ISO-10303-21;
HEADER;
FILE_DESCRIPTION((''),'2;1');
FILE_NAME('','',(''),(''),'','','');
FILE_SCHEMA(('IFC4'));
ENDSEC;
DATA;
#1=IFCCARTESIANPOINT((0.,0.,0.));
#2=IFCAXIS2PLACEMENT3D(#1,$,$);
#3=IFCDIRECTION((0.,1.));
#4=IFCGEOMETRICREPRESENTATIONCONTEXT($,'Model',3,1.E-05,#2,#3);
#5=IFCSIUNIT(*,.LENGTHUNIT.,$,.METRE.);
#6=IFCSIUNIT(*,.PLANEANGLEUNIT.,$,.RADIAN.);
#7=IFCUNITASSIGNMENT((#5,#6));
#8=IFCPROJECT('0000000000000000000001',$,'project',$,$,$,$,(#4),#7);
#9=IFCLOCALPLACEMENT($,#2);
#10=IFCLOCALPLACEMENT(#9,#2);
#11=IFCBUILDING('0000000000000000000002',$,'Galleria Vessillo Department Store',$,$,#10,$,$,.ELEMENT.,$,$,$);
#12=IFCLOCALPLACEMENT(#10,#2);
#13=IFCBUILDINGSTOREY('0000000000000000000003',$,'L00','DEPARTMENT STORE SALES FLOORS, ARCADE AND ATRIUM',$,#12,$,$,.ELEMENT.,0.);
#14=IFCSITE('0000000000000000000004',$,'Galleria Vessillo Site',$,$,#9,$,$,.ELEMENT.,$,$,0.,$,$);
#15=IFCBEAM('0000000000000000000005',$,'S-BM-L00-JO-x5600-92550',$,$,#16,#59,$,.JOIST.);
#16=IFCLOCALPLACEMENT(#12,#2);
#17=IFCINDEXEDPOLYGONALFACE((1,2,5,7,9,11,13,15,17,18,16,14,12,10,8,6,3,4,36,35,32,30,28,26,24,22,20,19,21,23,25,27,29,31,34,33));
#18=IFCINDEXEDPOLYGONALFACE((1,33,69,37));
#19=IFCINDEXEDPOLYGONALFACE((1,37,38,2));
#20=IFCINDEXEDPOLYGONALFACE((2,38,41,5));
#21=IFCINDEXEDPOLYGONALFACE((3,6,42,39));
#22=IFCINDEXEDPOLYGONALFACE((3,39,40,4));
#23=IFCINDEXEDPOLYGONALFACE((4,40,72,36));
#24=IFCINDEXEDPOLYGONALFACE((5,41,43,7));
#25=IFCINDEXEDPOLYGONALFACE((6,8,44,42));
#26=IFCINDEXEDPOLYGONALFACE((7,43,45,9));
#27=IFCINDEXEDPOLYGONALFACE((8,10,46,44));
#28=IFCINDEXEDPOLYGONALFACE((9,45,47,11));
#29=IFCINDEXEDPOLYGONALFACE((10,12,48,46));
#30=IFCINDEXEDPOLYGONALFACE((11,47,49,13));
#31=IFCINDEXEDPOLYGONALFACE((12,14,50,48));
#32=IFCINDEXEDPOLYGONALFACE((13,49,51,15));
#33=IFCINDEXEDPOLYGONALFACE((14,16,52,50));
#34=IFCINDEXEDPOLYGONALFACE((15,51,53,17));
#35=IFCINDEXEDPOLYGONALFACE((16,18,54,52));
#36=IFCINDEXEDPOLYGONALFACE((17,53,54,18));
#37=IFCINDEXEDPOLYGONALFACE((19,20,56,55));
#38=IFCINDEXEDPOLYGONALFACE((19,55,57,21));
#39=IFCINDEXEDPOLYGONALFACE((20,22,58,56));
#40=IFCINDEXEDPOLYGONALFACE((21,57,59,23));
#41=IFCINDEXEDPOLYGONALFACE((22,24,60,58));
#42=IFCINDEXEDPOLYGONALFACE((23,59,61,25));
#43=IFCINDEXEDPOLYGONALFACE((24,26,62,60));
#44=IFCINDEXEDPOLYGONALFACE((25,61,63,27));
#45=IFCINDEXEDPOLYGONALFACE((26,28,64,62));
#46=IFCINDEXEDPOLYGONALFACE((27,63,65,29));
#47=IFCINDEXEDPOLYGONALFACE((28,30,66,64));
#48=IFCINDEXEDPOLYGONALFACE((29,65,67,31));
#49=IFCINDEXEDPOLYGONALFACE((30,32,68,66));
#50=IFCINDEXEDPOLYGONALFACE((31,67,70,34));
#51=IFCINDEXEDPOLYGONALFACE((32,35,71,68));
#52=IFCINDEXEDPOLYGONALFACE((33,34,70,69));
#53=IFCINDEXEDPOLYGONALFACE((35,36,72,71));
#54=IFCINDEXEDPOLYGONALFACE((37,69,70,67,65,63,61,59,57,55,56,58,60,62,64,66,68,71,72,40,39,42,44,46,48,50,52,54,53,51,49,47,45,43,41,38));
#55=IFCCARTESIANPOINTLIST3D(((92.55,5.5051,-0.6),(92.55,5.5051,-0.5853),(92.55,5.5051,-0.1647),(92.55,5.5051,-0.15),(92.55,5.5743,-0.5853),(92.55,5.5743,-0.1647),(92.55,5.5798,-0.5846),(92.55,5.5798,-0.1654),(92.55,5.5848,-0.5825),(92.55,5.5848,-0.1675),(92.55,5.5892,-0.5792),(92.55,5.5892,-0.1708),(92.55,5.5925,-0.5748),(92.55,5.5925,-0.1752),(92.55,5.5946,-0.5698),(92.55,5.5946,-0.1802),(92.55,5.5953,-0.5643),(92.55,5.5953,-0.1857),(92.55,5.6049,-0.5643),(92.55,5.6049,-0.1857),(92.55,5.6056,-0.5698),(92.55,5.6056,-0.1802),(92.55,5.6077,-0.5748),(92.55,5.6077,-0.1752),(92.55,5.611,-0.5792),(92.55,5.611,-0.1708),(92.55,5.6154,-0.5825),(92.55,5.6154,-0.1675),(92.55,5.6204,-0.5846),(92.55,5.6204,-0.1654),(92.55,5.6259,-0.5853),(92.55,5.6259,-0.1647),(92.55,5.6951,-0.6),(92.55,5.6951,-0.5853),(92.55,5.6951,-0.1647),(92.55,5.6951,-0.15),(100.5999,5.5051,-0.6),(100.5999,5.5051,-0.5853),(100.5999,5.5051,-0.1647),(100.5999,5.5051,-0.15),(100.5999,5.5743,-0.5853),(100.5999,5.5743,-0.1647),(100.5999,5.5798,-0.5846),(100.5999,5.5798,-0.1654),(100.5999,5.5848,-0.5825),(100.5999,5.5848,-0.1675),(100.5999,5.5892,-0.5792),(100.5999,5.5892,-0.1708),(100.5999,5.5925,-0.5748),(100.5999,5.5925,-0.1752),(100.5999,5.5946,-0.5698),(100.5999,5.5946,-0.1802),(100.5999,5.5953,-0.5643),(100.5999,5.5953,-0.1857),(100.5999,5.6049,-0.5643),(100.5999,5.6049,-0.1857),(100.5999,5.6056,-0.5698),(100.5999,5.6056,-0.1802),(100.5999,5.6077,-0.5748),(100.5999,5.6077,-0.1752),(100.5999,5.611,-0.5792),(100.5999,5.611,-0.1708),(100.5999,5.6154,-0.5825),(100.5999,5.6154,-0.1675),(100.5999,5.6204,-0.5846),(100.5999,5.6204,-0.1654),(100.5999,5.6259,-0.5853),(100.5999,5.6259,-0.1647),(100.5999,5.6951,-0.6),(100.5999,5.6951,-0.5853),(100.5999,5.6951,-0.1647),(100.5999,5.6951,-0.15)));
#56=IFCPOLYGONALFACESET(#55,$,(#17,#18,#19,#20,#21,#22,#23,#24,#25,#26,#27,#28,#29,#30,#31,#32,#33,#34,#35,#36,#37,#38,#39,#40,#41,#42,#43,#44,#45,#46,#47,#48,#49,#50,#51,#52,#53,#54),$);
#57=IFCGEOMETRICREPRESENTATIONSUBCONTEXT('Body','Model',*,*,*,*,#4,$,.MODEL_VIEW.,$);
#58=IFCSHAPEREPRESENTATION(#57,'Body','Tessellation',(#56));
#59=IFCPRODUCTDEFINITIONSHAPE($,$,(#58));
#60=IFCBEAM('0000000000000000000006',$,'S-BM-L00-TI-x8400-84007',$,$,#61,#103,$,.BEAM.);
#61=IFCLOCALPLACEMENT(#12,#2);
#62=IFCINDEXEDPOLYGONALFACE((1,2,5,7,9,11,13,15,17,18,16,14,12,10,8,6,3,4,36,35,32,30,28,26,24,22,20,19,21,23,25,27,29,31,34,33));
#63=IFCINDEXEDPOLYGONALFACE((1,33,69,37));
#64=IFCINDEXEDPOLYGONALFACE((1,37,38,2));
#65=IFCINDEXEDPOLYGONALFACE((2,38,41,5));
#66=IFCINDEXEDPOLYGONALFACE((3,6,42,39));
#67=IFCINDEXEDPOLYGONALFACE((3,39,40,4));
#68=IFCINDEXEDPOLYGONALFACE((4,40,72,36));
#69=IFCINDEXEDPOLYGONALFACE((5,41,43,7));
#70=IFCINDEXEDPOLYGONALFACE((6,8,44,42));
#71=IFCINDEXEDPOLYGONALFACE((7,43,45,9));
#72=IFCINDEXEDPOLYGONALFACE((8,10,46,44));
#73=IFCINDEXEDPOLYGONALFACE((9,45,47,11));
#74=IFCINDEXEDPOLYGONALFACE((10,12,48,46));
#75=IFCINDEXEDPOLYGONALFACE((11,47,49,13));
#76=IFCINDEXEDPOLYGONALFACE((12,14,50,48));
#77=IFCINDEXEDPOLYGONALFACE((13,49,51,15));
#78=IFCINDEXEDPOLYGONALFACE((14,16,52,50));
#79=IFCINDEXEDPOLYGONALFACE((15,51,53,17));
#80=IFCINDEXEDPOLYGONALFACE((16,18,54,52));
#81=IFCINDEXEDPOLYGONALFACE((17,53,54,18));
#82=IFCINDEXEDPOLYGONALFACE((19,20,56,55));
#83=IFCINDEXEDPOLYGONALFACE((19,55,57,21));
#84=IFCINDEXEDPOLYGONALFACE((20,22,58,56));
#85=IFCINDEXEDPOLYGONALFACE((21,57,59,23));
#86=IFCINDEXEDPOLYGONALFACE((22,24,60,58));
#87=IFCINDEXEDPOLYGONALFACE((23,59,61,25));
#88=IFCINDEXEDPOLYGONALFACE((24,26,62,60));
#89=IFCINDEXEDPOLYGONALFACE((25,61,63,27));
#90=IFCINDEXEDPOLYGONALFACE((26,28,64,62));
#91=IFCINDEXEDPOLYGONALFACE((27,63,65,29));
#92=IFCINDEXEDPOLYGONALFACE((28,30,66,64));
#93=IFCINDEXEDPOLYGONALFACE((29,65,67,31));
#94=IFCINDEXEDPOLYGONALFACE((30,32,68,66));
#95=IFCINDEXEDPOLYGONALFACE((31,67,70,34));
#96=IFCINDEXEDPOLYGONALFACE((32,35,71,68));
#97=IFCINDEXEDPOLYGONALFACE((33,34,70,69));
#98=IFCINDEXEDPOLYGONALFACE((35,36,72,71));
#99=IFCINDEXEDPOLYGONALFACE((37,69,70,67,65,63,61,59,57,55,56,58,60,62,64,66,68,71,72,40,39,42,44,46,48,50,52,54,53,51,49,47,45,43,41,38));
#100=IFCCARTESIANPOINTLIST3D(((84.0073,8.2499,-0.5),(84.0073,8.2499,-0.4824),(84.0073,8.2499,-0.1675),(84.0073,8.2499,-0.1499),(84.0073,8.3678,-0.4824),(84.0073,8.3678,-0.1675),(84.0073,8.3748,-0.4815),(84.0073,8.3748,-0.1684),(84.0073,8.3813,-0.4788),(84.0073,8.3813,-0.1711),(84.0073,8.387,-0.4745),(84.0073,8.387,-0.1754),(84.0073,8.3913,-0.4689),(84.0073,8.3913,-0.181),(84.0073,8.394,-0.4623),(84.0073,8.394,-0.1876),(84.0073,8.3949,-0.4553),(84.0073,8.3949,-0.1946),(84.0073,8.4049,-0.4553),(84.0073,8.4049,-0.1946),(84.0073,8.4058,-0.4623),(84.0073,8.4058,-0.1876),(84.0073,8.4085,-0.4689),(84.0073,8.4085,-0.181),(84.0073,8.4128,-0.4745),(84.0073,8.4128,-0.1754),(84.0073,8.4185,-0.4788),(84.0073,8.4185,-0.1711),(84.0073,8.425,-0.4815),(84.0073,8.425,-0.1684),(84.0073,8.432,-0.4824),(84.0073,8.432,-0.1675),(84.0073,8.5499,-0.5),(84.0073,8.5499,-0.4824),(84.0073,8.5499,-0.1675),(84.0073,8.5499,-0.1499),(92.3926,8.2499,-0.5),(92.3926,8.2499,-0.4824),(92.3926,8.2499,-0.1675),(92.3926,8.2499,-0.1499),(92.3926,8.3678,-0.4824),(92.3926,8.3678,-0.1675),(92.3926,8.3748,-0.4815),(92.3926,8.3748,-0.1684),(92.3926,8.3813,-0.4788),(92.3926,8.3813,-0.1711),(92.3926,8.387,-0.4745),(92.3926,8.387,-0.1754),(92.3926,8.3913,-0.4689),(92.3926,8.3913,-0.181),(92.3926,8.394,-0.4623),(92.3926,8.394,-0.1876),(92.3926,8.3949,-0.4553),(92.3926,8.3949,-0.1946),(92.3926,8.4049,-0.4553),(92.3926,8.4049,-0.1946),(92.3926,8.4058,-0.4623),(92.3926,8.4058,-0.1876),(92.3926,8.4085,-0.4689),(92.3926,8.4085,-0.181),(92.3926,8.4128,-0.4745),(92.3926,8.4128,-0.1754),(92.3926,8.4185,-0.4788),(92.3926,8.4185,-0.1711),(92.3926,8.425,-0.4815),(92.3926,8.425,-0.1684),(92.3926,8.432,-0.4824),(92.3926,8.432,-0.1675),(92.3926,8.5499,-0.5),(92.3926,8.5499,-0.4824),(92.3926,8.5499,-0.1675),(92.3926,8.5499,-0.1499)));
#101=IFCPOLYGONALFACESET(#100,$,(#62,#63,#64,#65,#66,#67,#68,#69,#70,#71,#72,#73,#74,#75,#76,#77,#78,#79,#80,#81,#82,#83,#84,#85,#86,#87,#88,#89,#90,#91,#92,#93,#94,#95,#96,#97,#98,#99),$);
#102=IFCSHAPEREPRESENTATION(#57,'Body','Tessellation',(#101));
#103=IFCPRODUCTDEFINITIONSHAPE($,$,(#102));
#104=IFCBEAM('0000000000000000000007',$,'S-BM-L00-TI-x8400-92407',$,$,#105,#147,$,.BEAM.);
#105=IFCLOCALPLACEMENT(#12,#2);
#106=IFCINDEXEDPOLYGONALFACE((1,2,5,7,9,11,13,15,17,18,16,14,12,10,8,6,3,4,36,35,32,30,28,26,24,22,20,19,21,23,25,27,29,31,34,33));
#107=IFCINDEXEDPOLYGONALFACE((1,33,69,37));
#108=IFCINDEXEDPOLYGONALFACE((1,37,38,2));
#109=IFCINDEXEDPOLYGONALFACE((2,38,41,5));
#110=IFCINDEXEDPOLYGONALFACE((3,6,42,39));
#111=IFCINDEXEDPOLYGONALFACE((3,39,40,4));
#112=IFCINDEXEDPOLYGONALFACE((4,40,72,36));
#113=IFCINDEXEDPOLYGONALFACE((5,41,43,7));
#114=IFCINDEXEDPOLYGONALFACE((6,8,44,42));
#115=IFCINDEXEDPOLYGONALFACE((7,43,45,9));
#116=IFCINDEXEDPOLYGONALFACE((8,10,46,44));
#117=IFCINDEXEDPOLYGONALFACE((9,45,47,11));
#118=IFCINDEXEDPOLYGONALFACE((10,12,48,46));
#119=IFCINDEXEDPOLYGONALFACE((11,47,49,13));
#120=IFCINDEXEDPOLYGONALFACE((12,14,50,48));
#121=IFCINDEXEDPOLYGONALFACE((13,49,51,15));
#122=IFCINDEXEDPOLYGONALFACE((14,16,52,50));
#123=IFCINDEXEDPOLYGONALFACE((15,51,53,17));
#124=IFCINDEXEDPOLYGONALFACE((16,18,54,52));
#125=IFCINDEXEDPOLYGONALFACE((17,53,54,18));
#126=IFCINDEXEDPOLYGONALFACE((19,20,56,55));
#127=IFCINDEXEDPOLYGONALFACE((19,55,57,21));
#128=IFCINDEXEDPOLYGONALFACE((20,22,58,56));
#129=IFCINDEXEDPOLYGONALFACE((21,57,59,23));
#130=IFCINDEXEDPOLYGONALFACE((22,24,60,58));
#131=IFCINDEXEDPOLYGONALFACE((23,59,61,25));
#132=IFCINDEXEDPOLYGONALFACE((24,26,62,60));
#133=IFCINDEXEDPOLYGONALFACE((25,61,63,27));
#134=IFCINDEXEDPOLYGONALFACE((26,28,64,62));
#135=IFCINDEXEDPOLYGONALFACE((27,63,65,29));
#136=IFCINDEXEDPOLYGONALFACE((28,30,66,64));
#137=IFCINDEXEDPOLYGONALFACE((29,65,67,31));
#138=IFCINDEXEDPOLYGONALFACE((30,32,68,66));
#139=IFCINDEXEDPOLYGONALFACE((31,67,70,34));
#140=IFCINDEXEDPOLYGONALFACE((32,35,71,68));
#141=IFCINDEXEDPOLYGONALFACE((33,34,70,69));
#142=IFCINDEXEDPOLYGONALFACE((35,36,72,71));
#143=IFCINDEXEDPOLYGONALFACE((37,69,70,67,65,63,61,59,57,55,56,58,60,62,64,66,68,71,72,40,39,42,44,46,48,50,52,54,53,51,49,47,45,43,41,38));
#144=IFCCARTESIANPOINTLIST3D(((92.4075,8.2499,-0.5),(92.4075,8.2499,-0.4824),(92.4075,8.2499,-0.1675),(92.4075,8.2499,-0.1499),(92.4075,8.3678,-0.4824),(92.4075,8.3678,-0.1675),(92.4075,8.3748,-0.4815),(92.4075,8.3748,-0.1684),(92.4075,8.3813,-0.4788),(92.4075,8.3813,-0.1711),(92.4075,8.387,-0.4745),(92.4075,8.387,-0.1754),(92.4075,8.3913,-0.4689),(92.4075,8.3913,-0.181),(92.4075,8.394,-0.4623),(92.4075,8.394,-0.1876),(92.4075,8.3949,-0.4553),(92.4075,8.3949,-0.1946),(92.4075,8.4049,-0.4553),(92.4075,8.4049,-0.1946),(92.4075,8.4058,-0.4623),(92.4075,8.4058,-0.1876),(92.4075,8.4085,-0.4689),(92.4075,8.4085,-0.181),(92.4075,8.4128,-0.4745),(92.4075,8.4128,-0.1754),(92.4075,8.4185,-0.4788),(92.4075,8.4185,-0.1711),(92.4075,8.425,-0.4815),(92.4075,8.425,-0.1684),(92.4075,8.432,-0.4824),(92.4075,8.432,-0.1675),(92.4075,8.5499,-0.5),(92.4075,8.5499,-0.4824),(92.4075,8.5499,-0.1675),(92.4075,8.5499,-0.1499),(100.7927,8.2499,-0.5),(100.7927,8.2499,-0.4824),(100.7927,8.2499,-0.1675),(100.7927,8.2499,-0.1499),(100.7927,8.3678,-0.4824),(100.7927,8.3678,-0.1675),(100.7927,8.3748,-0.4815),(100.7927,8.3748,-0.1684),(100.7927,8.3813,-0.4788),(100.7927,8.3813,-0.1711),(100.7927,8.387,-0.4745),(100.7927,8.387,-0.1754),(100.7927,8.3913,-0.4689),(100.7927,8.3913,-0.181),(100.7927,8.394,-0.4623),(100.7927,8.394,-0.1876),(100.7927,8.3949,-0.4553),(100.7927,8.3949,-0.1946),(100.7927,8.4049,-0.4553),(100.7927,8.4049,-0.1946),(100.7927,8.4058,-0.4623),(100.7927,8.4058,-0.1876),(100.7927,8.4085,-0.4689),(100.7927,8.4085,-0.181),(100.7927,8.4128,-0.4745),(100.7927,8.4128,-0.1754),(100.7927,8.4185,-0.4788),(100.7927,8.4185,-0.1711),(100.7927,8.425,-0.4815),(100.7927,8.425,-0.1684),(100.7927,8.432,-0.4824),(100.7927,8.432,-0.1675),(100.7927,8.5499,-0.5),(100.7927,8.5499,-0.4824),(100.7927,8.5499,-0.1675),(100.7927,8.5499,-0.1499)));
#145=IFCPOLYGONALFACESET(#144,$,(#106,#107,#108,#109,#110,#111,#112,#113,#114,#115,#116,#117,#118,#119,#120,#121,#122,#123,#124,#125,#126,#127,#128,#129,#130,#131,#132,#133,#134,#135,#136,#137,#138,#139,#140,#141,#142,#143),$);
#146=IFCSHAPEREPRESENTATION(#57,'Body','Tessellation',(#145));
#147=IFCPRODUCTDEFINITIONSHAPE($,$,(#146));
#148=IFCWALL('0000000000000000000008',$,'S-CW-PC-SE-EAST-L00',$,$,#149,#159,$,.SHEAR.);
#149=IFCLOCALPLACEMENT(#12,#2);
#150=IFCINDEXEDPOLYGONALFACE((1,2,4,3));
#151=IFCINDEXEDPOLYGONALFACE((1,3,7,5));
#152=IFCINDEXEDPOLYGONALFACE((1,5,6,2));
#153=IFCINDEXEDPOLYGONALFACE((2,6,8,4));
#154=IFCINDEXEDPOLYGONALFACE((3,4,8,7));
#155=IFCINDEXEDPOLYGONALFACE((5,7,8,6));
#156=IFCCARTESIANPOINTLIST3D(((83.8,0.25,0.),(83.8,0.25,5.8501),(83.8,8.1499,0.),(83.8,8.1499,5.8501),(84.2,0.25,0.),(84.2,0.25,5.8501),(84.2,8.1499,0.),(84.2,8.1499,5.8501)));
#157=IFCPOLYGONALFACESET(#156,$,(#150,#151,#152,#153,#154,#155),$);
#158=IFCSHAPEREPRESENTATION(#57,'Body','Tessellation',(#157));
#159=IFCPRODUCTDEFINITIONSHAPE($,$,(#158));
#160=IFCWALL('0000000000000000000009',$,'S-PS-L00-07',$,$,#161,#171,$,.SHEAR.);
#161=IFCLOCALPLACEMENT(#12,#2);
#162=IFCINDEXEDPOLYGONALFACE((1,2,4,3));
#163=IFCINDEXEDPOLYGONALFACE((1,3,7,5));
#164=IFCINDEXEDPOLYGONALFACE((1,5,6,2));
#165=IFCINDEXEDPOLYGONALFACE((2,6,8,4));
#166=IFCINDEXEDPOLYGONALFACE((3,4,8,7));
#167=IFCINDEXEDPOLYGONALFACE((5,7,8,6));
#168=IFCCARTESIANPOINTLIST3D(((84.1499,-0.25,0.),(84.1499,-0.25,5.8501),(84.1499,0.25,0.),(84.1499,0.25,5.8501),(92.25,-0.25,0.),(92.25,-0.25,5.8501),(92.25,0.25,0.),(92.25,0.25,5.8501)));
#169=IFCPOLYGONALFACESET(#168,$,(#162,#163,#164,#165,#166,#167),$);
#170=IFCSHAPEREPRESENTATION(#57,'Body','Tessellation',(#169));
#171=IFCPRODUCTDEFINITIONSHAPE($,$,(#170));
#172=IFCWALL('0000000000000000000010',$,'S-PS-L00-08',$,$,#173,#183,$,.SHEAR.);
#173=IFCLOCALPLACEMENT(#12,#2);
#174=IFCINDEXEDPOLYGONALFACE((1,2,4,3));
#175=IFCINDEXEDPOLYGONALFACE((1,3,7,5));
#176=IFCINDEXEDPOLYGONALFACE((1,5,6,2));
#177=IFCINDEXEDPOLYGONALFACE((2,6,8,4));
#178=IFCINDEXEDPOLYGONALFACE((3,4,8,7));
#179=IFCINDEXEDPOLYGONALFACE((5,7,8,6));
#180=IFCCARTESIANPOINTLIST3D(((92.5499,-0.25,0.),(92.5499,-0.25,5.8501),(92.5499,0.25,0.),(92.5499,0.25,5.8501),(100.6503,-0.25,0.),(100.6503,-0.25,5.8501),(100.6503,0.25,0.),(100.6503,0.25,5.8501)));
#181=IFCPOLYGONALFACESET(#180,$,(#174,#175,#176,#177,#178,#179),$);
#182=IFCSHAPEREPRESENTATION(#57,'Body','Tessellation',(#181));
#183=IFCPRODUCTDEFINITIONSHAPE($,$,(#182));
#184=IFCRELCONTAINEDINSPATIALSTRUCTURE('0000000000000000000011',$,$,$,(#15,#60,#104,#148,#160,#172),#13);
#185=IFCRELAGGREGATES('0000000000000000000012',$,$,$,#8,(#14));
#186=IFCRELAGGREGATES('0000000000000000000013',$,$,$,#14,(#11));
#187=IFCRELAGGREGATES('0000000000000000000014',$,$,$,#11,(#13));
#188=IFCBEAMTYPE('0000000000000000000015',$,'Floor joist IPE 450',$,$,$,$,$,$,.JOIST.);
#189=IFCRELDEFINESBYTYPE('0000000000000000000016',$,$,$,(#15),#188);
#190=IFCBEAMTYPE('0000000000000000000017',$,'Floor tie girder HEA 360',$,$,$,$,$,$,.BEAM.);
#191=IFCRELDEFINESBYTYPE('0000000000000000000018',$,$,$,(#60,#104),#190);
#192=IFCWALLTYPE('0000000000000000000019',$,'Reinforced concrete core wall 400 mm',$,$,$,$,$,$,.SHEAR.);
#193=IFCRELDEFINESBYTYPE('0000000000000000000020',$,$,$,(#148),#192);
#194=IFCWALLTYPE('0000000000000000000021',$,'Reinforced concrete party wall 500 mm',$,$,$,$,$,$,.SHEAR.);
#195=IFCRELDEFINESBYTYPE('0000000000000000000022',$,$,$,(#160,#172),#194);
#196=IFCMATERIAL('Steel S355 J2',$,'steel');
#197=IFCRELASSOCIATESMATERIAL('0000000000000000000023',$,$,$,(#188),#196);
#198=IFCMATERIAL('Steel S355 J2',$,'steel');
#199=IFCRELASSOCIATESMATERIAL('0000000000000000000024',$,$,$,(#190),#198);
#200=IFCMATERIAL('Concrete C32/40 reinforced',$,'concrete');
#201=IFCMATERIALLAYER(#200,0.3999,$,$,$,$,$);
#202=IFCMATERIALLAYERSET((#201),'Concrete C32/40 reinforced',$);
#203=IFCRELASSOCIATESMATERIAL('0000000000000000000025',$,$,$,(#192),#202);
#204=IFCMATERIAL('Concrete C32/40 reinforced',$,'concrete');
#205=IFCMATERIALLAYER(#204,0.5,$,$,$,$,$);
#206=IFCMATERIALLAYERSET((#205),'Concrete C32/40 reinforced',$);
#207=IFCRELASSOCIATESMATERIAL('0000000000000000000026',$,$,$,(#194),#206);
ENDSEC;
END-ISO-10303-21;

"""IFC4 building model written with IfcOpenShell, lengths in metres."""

from ifc_helpers import new_model, si_unit, direction, frame, frame_2d, origin, origin_2d, place, context, subcontext, project, spatial, rectangle, i_section, extrude, material, layer, layer_set, material_profile, profile_set, type_object, element, save


model = new_model("IFC4")

# Units and contexts
model_context = context("Model", 3, precision=1e-05, world=origin(), true_north=direction((0.0, 1.0)))
body_context = subcontext(model_context, "Body", "Model", "MODEL_VIEW")
ifc_project = project(units=[si_unit("LENGTHUNIT", "METRE"), si_unit("PLANEANGLEUNIT", "RADIAN")], contexts=[model_context])

# Site, building, storey
site_placement = place(None, origin())
site = spatial("IfcSite", under=ifc_project, at=site_placement, Name="Galleria Vessillo Site", CompositionType="ELEMENT", RefElevation=0.0)
building_placement = place(site_placement, origin())
building = spatial("IfcBuilding", under=site, at=building_placement, Name="Galleria Vessillo Department Store", CompositionType="ELEMENT")
storey_placement = place(building_placement, origin())
storey = spatial("IfcBuildingStorey", under=building, at=storey_placement, Name="L00", Description="DEPARTMENT STORE SALES FLOORS, ARCADE AND ATRIUM", CompositionType="ELEMENT", Elevation=0.0)

# Beams
ifc_material_1 = material(Name="Steel S355 J2", Category="steel")
ifc_material_profile_1 = material_profile(ifc_material_1, i_section(OverallWidth=0.1899, OverallDepth=0.45, WebThickness=0.0095, FlangeThickness=0.0146, FilletRadius=0.021, at=origin_2d()), Name="IPE 450")
ifc_profile_set_1 = profile_set([ifc_material_profile_1], Name="Steel S355 J2")
beam_type_1 = type_object("IfcBeamType", Name="Floor joist IPE 450", PredefinedType="JOIST", material=ifc_profile_set_1)
for number, where, z_axis, x_axis, name in (
    (1, (92.55, 5.6001, -0.375), (1.0, 0.0, 0.0), (0.0, 1.0, 0.0), "S-BM-L00-JO-x5600-92550"),
):
    element("IfcBeam", number, at=place(storey_placement, frame(where, z_axis=z_axis, x_axis=x_axis)), inside=storey, type_object=beam_type_1, Name=name, PredefinedType="JOIST", context=body_context, shape_type="SweptSolid", body=[
        extrude(i_section(OverallWidth=0.1899, OverallDepth=0.45, WebThickness=0.0095, FlangeThickness=0.0146, FilletRadius=0.021, at=origin_2d()), origin(), (0.0, 0.0, 1.0), 8.0498),
    ])
ifc_material_2 = material(Name="Steel S355 J2", Category="steel")
ifc_material_profile_2 = material_profile(ifc_material_2, i_section(OverallWidth=0.3, OverallDepth=0.3501, WebThickness=0.01, FlangeThickness=0.0176, FilletRadius=0.0271, at=origin_2d()), Name="HEA 360")
ifc_profile_set_2 = profile_set([ifc_material_profile_2], Name="Steel S355 J2")
beam_type_2 = type_object("IfcBeamType", Name="Floor tie girder HEA 360", PredefinedType="BEAM", material=ifc_profile_set_2)
for number, where, z_axis, x_axis, name in (
    (2, (84.0073, 8.3999, -0.325), (1.0, 0.0, 0.0), (0.0, 1.0, 0.0), "S-BM-L00-TI-x8400-84007"),
    (3, (92.4075, 8.3999, -0.325), (1.0, 0.0, 0.0), (0.0, 1.0, 0.0), "S-BM-L00-TI-x8400-92407"),
):
    element("IfcBeam", number, at=place(storey_placement, frame(where, z_axis=z_axis, x_axis=x_axis)), inside=storey, type_object=beam_type_2, Name=name, PredefinedType="BEAM", context=body_context, shape_type="SweptSolid", body=[
        extrude(i_section(OverallWidth=0.3, OverallDepth=0.3501, WebThickness=0.01, FlangeThickness=0.0176, FilletRadius=0.0271, at=origin_2d()), origin(), (0.0, 0.0, 1.0), 8.3853),
    ])

# Walls
ifc_material_3 = material(Name="Concrete C32/40 reinforced", Category="concrete")
ifc_layer_1 = layer(ifc_material_3, 0.3999)
ifc_layer_set_1 = layer_set([ifc_layer_1], Name="Concrete C32/40 reinforced")
wall_type_1 = type_object("IfcWallType", Name="Reinforced concrete core wall 400 mm", PredefinedType="SHEAR", material=ifc_layer_set_1)
wall_1_placement = place(storey_placement, frame((84.0, 0.25, 0.0), z_axis=(0.0, 0.0, 1.0), x_axis=(0.0, 1.0, 0.0)))
element("IfcWall", 4, at=wall_1_placement, inside=storey, type_object=wall_type_1, Name="S-CW-PC-SE-EAST-L00", PredefinedType="SHEAR", context=body_context, shape_type="SweptSolid", body=[
    extrude(rectangle(XDim=7.8999, YDim=0.3999, at=frame_2d((3.95, 0.0))), origin(), (0.0, 0.0, 1.0), 5.8501),
])
ifc_material_4 = material(Name="Concrete C32/40 reinforced", Category="concrete")
ifc_layer_2 = layer(ifc_material_4, 0.5)
ifc_layer_set_2 = layer_set([ifc_layer_2], Name="Concrete C32/40 reinforced")
wall_type_2 = type_object("IfcWallType", Name="Reinforced concrete party wall 500 mm", PredefinedType="SHEAR", material=ifc_layer_set_2)
wall_2_placement = place(storey_placement, frame((84.1499, 0.0, 0.0), z_axis=(0.0, 0.0, 1.0), x_axis=(1.0, 0.0, 0.0)))
element("IfcWall", 5, at=wall_2_placement, inside=storey, type_object=wall_type_2, Name="S-PS-L00-07", PredefinedType="SHEAR", context=body_context, shape_type="SweptSolid", body=[
    extrude(rectangle(XDim=8.1001, YDim=0.5, at=frame_2d((4.05, 0.0))), origin(), (0.0, 0.0, 1.0), 5.8501),
])
wall_3_placement = place(storey_placement, frame((92.5498, 0.0, 0.0), z_axis=(0.0, 0.0, 1.0), x_axis=(1.0, 0.0, 0.0)))
element("IfcWall", 6, at=wall_3_placement, inside=storey, type_object=wall_type_2, Name="S-PS-L00-08", PredefinedType="SHEAR", context=body_context, shape_type="SweptSolid", body=[
    extrude(rectangle(XDim=8.1003, YDim=0.5, at=frame_2d((4.0503, 0.0))), origin(), (0.0, 0.0, 1.0), 5.8501),
])

save(model, "model.ifc")
